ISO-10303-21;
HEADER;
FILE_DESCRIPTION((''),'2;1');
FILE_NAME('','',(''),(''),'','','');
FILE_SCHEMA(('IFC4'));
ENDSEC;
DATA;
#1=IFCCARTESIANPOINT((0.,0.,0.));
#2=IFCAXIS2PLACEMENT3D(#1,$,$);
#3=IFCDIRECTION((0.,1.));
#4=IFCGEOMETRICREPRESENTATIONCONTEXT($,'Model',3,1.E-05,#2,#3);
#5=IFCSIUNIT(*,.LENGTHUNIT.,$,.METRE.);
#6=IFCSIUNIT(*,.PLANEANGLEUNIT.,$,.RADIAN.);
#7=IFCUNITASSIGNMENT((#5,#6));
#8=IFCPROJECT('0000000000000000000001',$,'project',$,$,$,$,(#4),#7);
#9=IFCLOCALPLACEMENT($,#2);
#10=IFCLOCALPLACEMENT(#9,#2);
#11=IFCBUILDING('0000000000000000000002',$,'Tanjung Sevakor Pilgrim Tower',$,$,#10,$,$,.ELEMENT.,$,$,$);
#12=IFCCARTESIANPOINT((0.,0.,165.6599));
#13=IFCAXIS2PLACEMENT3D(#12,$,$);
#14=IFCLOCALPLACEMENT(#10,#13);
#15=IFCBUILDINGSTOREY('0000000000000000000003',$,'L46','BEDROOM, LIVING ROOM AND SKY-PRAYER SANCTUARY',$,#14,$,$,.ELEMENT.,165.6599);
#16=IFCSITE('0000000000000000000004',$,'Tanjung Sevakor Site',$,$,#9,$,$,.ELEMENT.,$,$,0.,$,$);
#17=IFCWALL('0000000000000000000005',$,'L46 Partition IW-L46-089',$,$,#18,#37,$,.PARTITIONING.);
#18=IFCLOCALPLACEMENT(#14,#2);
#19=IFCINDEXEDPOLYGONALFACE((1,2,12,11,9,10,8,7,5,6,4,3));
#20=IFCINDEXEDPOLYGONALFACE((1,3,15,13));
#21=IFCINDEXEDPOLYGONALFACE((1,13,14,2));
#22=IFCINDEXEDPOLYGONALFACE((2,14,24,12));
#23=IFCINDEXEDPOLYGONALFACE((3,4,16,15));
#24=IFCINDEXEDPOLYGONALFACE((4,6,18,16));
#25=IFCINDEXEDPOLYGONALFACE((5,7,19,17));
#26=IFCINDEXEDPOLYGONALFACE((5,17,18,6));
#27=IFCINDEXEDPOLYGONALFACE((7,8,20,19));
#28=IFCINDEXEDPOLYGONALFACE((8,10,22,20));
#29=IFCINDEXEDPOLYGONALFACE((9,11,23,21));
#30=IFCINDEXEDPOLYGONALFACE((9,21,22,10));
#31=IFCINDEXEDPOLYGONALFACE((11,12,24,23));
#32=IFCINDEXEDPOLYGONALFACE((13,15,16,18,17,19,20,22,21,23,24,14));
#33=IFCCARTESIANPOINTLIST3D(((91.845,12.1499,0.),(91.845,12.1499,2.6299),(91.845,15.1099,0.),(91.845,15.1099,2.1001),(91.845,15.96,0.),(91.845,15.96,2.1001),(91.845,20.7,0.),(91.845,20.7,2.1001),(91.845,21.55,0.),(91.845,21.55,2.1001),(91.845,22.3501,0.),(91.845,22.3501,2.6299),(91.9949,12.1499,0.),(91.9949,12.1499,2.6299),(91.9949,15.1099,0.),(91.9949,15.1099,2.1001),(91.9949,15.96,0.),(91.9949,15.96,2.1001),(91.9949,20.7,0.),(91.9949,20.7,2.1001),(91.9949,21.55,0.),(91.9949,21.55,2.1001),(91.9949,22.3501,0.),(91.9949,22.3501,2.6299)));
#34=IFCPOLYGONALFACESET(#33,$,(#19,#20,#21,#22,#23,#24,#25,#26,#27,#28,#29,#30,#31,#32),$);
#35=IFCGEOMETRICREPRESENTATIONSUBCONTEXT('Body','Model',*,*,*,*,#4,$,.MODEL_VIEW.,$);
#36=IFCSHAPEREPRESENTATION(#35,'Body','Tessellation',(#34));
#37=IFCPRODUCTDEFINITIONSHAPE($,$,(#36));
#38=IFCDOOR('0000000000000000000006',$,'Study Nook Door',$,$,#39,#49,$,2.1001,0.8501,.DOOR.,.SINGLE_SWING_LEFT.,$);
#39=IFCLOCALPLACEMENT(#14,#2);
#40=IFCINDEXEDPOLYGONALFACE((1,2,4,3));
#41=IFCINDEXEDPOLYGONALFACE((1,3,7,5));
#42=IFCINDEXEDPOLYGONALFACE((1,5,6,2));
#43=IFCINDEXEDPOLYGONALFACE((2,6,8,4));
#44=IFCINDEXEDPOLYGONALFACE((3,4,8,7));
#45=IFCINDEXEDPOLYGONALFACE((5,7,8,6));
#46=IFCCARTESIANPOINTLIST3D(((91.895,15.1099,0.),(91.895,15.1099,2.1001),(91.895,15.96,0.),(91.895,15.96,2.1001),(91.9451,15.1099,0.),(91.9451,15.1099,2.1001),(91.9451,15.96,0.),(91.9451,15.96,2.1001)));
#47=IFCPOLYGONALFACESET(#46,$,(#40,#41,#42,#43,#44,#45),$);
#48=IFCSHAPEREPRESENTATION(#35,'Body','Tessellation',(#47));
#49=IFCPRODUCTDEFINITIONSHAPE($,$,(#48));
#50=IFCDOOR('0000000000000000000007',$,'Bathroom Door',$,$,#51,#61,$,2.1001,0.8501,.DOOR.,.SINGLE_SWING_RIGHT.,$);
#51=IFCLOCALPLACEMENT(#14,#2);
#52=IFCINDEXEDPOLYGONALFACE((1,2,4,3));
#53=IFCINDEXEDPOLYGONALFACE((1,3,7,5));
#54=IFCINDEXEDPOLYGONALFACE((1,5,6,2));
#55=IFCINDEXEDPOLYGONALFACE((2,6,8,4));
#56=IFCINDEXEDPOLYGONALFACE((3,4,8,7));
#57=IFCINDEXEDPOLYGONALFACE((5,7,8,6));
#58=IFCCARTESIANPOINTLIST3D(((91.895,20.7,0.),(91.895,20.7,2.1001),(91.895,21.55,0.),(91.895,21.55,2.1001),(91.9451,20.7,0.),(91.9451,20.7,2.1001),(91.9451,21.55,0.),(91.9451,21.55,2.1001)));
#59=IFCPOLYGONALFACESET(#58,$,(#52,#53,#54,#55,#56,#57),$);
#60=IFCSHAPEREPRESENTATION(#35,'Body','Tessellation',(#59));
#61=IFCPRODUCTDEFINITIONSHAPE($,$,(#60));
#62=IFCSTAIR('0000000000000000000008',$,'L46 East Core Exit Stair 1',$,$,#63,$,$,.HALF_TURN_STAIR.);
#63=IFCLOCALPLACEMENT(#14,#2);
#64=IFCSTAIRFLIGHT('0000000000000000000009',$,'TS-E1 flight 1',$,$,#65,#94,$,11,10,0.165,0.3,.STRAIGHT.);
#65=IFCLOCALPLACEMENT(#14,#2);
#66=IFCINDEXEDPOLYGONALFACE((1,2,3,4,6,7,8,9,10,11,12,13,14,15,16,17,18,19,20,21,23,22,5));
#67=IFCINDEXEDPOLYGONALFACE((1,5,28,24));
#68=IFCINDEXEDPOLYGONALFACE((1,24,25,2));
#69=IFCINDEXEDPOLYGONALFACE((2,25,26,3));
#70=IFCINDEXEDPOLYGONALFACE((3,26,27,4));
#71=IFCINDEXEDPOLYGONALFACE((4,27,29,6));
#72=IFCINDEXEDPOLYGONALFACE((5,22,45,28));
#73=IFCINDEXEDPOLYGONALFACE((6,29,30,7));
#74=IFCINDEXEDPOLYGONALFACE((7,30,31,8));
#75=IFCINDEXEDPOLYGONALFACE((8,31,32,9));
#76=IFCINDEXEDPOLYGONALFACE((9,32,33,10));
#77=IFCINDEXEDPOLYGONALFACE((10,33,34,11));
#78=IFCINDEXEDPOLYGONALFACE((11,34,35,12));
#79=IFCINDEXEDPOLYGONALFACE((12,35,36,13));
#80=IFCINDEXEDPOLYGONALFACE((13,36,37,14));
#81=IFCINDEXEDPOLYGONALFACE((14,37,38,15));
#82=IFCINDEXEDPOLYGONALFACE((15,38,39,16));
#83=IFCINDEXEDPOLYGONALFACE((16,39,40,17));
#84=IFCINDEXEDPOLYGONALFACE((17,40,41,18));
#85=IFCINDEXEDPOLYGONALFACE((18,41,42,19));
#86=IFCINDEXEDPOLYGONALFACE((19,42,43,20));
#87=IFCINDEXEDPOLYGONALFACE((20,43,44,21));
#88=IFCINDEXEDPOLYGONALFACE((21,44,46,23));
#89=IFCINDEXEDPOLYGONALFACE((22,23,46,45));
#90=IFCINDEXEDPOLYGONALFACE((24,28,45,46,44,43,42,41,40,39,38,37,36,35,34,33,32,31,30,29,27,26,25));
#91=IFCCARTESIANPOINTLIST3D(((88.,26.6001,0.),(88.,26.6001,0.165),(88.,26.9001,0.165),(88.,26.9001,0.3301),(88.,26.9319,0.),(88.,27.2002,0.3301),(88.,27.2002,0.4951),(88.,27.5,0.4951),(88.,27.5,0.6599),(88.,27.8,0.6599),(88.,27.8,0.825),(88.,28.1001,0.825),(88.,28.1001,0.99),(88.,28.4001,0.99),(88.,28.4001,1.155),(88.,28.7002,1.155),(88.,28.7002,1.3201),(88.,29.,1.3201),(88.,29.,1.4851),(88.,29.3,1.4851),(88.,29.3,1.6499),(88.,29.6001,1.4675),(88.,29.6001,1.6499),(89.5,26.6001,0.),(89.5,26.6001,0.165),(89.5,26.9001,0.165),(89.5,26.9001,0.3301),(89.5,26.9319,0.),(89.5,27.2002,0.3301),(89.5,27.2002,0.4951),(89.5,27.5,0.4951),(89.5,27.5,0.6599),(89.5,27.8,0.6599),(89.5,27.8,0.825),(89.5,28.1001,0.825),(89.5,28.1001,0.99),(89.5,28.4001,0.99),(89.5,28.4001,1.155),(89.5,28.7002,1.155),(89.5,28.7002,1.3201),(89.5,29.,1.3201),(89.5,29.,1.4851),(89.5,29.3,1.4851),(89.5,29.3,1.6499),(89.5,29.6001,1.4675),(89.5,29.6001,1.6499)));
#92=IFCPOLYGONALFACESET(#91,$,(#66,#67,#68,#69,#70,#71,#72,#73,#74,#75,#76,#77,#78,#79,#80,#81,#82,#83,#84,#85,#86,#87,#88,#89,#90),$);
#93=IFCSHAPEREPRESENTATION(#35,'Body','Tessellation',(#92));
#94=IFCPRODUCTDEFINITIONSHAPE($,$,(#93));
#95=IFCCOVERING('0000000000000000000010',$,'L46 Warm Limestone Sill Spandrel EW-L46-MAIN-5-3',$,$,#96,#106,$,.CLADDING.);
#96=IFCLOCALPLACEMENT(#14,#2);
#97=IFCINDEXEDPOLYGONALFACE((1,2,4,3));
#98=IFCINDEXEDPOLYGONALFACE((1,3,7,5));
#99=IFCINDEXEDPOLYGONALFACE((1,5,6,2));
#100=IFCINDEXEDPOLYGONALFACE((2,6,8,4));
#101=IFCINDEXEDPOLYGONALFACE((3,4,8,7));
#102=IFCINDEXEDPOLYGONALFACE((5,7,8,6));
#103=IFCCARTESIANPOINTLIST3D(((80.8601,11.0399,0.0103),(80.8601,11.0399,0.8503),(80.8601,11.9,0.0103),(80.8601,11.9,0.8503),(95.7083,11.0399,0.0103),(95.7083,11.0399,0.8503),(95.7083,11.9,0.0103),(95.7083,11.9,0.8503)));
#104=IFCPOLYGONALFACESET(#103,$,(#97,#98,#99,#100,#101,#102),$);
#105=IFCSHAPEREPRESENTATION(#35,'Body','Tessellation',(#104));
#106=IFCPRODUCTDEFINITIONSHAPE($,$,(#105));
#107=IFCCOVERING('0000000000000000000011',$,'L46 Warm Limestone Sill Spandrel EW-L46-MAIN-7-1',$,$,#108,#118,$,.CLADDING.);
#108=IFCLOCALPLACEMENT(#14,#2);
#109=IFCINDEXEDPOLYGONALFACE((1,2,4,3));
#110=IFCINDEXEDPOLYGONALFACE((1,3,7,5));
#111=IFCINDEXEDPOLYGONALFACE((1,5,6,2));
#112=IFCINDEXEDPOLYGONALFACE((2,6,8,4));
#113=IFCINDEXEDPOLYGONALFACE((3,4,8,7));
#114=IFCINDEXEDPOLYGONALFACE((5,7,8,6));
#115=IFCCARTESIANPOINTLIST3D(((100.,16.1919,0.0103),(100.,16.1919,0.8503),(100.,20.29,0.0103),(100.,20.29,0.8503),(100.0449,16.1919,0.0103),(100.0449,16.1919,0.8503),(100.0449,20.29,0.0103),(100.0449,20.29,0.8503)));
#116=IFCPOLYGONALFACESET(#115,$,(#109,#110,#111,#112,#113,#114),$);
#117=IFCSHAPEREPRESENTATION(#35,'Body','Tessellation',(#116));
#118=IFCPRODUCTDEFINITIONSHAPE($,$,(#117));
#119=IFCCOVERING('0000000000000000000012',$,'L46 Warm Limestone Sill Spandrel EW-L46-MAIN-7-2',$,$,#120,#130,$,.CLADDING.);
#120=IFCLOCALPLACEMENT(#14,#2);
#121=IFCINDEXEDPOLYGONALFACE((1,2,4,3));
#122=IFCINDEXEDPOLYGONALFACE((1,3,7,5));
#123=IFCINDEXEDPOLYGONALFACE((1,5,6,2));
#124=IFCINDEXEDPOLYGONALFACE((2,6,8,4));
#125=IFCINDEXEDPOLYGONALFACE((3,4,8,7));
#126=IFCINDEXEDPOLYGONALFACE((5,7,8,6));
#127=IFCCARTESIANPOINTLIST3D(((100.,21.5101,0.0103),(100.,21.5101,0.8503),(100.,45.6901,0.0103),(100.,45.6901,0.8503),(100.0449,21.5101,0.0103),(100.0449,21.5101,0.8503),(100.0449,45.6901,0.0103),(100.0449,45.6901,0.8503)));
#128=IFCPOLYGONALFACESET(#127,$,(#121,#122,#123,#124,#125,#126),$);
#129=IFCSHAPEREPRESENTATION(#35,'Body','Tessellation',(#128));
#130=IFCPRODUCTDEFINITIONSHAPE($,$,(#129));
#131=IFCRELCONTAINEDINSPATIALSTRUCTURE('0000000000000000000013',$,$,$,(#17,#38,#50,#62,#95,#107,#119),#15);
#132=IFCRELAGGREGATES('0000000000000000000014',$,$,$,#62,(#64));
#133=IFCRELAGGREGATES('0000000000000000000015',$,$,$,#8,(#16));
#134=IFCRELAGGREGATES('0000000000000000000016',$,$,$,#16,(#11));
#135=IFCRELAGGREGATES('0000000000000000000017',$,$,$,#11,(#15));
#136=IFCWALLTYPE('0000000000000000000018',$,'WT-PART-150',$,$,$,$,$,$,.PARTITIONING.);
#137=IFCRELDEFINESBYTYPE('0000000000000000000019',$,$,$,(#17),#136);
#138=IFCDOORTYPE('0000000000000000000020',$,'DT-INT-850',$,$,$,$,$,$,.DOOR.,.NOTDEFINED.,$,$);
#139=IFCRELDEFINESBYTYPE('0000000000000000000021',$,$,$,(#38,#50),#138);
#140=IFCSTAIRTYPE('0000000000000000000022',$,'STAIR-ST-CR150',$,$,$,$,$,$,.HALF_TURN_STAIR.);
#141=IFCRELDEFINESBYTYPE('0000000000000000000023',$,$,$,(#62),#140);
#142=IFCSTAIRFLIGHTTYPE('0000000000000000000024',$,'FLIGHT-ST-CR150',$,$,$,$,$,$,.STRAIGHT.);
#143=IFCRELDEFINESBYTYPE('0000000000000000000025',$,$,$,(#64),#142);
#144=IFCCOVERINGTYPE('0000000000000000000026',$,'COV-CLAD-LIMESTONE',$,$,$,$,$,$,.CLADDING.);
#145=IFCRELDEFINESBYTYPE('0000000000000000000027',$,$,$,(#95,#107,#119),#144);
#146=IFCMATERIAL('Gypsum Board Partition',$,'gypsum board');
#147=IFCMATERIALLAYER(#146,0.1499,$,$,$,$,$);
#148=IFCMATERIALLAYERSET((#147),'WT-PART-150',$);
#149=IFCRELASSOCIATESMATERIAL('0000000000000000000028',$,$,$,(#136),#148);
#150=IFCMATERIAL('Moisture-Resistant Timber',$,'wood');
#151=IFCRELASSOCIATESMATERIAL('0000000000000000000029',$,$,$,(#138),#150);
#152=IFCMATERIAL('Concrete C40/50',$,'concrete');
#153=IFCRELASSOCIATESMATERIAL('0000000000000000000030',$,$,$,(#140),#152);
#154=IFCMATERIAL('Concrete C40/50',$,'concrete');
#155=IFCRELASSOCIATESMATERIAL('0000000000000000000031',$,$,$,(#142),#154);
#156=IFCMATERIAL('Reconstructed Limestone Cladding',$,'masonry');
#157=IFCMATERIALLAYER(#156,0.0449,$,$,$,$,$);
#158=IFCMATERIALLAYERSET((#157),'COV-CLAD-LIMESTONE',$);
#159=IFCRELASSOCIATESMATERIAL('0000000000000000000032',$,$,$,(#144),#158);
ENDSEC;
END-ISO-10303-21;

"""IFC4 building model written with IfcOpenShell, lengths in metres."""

from ifc_helpers import new_model, si_unit, direction, frame, frame_2d, origin, origin_2d, place, context, subcontext, project, spatial, polyline, rectangle, outline, extrude, material, layer, layer_set, type_object, element, fill, aggregate, save


model = new_model("IFC4")

# Units and contexts
model_context = context("Model", 3, precision=1e-05, world=origin(), true_north=direction((0.0, 1.0)))
body_context = subcontext(model_context, "Body", "Model", "MODEL_VIEW")
ifc_project = project(units=[si_unit("LENGTHUNIT", "METRE"), si_unit("PLANEANGLEUNIT", "RADIAN")], contexts=[model_context])

# Site, building, storey
site_placement = place(None, origin())
site = spatial("IfcSite", under=ifc_project, at=site_placement, Name="Tanjung Sevakor Site", CompositionType="ELEMENT", RefElevation=0.0)
building_placement = place(site_placement, origin())
building = spatial("IfcBuilding", under=site, at=building_placement, Name="Tanjung Sevakor Pilgrim Tower", CompositionType="ELEMENT")
storey_placement = place(building_placement, frame((0.0, 0.0, 165.6599)))
storey = spatial("IfcBuildingStorey", under=building, at=storey_placement, Name="L46", Description="BEDROOM, LIVING ROOM AND SKY-PRAYER SANCTUARY", CompositionType="ELEMENT", Elevation=165.6599)

# Shared definitions
ifc_material_1 = material(Name="Gypsum Board Partition", Category="gypsum board")
ifc_layer_1 = layer(ifc_material_1, 0.1499)
ifc_layer_set_1 = layer_set([ifc_layer_1], Name="WT-PART-150")
wall_type_1 = type_object("IfcWallType", Name="WT-PART-150", PredefinedType="PARTITIONING", material=ifc_layer_set_1)

# Wall, openings, doors
wall_1_placement = place(storey_placement, frame((91.9199, 12.1499, 0.0), z_axis=(0.0, 0.0, 1.0), x_axis=(0.0, 1.0, 0.0)))
wall_1 = element("IfcWall", 1, at=wall_1_placement, inside=storey, type_object=wall_type_1, Name="L46 Partition IW-L46-089", PredefinedType="PARTITIONING", context=body_context, shape_type="SweptSolid", body=[
    extrude(rectangle(XDim=10.2002, YDim=0.1499, at=frame_2d((5.1001, 0.0))), origin(), (0.0, 0.0, 1.0), 2.6299),
])
opening_1_placement = place(wall_1_placement, frame((2.96, 0.0, 0.0)))
opening_1 = element("IfcOpeningElement", 2, at=opening_1_placement, cuts=wall_1, PredefinedType="OPENING", context=body_context, shape_type="SweptSolid", body=[
    extrude(rectangle(XDim=0.8501, YDim=2.1001, at=frame_2d((0.425, 1.05))), frame((0.0, 0.085, 0.0), z_axis=(0.0, -1.0, 0.0), x_axis=(1.0, 0.0, 0.0)), (0.0, 0.0, 1.0), 0.1699),
])
opening_2_placement = place(wall_1_placement, frame((8.55, 0.0, 0.0)))
opening_2 = element("IfcOpeningElement", 3, at=opening_2_placement, cuts=wall_1, PredefinedType="OPENING", context=body_context, shape_type="SweptSolid", body=[
    extrude(rectangle(XDim=0.8501, YDim=2.1001, at=frame_2d((0.425, 1.05))), frame((0.0, 0.085, 0.0), z_axis=(0.0, -1.0, 0.0), x_axis=(1.0, 0.0, 0.0)), (0.0, 0.0, 1.0), 0.1699),
])
ifc_material_2 = material(Name="Moisture-Resistant Timber", Category="wood")
door_type_1 = type_object("IfcDoorType", Name="DT-INT-850", OperationType="NOTDEFINED", PredefinedType="DOOR", material=ifc_material_2)
door_1_placement = place(opening_1_placement, origin())
door_1 = element("IfcDoor", 4, at=door_1_placement, inside=storey, type_object=door_type_1, Name="Study Nook Door", OperationType="SINGLE_SWING_LEFT", OverallHeight=2.1001, OverallWidth=0.8501, PredefinedType="DOOR", context=body_context, shape_type="SweptSolid", body=[
    extrude(rectangle(XDim=0.8501, YDim=2.1001, at=frame_2d((0.425, 1.05))), frame((0.0, 0.0249, 0.0), z_axis=(0.0, -1.0, 0.0), x_axis=(1.0, 0.0, 0.0)), (0.0, 0.0, 1.0), 0.05),
])
fill(opening_1, door_1)
door_2_placement = place(opening_2_placement, origin())
door_2 = element("IfcDoor", 5, at=door_2_placement, inside=storey, type_object=door_type_1, Name="Bathroom Door", OperationType="SINGLE_SWING_RIGHT", OverallHeight=2.1001, OverallWidth=0.8501, PredefinedType="DOOR", context=body_context, shape_type="SweptSolid", body=[
    extrude(rectangle(XDim=0.8501, YDim=2.1001, at=frame_2d((0.425, 1.05))), frame((0.0, 0.0249, 0.0), z_axis=(0.0, -1.0, 0.0), x_axis=(1.0, 0.0, 0.0)), (0.0, 0.0, 1.0), 0.05),
])
fill(opening_2, door_2)

# Stair, stair flight
ifc_material_3 = material(Name="Concrete C40/50", Category="concrete")
stair_type = type_object("IfcStairType", Name="STAIR-ST-CR150", PredefinedType="HALF_TURN_STAIR", material=ifc_material_3)
stair_placement = place(storey_placement, origin())
stair = element("IfcStair", 6, at=stair_placement, inside=storey, type_object=stair_type, Name="L46 East Core Exit Stair 1", PredefinedType="HALF_TURN_STAIR")
ifc_material_4 = material(Name="Concrete C40/50", Category="concrete")
stair_flight_type = type_object("IfcStairFlightType", Name="FLIGHT-ST-CR150", PredefinedType="STRAIGHT", material=ifc_material_4)
stair_flight_placement = place(storey_placement, frame((88.75, 26.6001, 0.0), z_axis=(0.0, 0.0, 1.0), x_axis=(0.0, 1.0, 0.0)))
stair_flight = element("IfcStairFlight", 7, at=stair_flight_placement, type_object=stair_flight_type, Name="TS-E1 flight 1", NumberOfRisers=11, NumberOfTreads=10, PredefinedType="STRAIGHT", RiserHeight=0.165, TreadLength=0.3, context=body_context, shape_type="SweptSolid", body=[
    extrude(outline(polyline([(0.0, 0.0), (0.0, 0.165), (0.3, 0.165), (0.3, 0.3301), (0.6001, 0.3301), (0.6001, 0.4951), (0.8999, 0.4951), (0.8999, 0.6599), (1.2, 0.6599), (1.2, 0.825), (1.5, 0.825), (1.5, 0.99), (1.8, 0.99), (1.8, 1.155), (2.1001, 1.155), (2.1001, 1.3201), (2.3999, 1.3201), (2.3999, 1.4851), (2.7, 1.4851), (2.7, 1.6499), (3.0, 1.6499), (3.0, 1.8149), (3.0, 1.4675), (0.3318, 0.0), (0.0, 0.0)])), frame((0.0, 0.75, 0.0), z_axis=(0.0, -1.0, 0.0), x_axis=(1.0, 0.0, 0.0)), (0.0, 0.0, 1.0), 1.5),
])
aggregate(stair, [stair_flight])

# Coverings
ifc_material_5 = material(Name="Reconstructed Limestone Cladding", Category="masonry")
ifc_layer_2 = layer(ifc_material_5, 0.0449)
ifc_layer_set_2 = layer_set([ifc_layer_2], Name="COV-CLAD-LIMESTONE")
covering_type = type_object("IfcCoveringType", Name="COV-CLAD-LIMESTONE", PredefinedType="CLADDING", material=ifc_layer_set_2)
covering_1_placement = place(storey_placement, frame((88.2842, 11.47, 0.0103), z_axis=(0.0, 0.0, 1.0), x_axis=(1.0, 0.0, 0.0)))
element("IfcCovering", 8, at=covering_1_placement, inside=storey, type_object=covering_type, Name="L46 Warm Limestone Sill Spandrel EW-L46-MAIN-5-3", PredefinedType="CLADDING", context=body_context, shape_type="SweptSolid", body=[
    extrude(rectangle(XDim=14.8481, YDim=0.8601, at=origin_2d()), origin(), (0.0, 0.0, 1.0), 0.8401),
])
covering_2_placement = place(storey_placement, frame((100.0225, 18.241, 0.0103), z_axis=(0.0, 0.0, 1.0), x_axis=(0.0, 1.0, 0.0)))
element("IfcCovering", 9, at=covering_2_placement, inside=storey, type_object=covering_type, Name="L46 Warm Limestone Sill Spandrel EW-L46-MAIN-7-1", PredefinedType="CLADDING", context=body_context, shape_type="SweptSolid", body=[
    extrude(rectangle(XDim=4.0981, YDim=0.0449, at=origin_2d()), origin(), (0.0, 0.0, 1.0), 0.8401),
])
covering_3_placement = place(storey_placement, frame((100.0225, 33.6001, 0.0103), z_axis=(0.0, 0.0, 1.0), x_axis=(0.0, 1.0, 0.0)))
element("IfcCovering", 10, at=covering_3_placement, inside=storey, type_object=covering_type, Name="L46 Warm Limestone Sill Spandrel EW-L46-MAIN-7-2", PredefinedType="CLADDING", context=body_context, shape_type="SweptSolid", body=[
    extrude(rectangle(XDim=24.1799, YDim=0.0449, at=origin_2d()), origin(), (0.0, 0.0, 1.0), 0.8401),
])

save(model, "model.ifc")
